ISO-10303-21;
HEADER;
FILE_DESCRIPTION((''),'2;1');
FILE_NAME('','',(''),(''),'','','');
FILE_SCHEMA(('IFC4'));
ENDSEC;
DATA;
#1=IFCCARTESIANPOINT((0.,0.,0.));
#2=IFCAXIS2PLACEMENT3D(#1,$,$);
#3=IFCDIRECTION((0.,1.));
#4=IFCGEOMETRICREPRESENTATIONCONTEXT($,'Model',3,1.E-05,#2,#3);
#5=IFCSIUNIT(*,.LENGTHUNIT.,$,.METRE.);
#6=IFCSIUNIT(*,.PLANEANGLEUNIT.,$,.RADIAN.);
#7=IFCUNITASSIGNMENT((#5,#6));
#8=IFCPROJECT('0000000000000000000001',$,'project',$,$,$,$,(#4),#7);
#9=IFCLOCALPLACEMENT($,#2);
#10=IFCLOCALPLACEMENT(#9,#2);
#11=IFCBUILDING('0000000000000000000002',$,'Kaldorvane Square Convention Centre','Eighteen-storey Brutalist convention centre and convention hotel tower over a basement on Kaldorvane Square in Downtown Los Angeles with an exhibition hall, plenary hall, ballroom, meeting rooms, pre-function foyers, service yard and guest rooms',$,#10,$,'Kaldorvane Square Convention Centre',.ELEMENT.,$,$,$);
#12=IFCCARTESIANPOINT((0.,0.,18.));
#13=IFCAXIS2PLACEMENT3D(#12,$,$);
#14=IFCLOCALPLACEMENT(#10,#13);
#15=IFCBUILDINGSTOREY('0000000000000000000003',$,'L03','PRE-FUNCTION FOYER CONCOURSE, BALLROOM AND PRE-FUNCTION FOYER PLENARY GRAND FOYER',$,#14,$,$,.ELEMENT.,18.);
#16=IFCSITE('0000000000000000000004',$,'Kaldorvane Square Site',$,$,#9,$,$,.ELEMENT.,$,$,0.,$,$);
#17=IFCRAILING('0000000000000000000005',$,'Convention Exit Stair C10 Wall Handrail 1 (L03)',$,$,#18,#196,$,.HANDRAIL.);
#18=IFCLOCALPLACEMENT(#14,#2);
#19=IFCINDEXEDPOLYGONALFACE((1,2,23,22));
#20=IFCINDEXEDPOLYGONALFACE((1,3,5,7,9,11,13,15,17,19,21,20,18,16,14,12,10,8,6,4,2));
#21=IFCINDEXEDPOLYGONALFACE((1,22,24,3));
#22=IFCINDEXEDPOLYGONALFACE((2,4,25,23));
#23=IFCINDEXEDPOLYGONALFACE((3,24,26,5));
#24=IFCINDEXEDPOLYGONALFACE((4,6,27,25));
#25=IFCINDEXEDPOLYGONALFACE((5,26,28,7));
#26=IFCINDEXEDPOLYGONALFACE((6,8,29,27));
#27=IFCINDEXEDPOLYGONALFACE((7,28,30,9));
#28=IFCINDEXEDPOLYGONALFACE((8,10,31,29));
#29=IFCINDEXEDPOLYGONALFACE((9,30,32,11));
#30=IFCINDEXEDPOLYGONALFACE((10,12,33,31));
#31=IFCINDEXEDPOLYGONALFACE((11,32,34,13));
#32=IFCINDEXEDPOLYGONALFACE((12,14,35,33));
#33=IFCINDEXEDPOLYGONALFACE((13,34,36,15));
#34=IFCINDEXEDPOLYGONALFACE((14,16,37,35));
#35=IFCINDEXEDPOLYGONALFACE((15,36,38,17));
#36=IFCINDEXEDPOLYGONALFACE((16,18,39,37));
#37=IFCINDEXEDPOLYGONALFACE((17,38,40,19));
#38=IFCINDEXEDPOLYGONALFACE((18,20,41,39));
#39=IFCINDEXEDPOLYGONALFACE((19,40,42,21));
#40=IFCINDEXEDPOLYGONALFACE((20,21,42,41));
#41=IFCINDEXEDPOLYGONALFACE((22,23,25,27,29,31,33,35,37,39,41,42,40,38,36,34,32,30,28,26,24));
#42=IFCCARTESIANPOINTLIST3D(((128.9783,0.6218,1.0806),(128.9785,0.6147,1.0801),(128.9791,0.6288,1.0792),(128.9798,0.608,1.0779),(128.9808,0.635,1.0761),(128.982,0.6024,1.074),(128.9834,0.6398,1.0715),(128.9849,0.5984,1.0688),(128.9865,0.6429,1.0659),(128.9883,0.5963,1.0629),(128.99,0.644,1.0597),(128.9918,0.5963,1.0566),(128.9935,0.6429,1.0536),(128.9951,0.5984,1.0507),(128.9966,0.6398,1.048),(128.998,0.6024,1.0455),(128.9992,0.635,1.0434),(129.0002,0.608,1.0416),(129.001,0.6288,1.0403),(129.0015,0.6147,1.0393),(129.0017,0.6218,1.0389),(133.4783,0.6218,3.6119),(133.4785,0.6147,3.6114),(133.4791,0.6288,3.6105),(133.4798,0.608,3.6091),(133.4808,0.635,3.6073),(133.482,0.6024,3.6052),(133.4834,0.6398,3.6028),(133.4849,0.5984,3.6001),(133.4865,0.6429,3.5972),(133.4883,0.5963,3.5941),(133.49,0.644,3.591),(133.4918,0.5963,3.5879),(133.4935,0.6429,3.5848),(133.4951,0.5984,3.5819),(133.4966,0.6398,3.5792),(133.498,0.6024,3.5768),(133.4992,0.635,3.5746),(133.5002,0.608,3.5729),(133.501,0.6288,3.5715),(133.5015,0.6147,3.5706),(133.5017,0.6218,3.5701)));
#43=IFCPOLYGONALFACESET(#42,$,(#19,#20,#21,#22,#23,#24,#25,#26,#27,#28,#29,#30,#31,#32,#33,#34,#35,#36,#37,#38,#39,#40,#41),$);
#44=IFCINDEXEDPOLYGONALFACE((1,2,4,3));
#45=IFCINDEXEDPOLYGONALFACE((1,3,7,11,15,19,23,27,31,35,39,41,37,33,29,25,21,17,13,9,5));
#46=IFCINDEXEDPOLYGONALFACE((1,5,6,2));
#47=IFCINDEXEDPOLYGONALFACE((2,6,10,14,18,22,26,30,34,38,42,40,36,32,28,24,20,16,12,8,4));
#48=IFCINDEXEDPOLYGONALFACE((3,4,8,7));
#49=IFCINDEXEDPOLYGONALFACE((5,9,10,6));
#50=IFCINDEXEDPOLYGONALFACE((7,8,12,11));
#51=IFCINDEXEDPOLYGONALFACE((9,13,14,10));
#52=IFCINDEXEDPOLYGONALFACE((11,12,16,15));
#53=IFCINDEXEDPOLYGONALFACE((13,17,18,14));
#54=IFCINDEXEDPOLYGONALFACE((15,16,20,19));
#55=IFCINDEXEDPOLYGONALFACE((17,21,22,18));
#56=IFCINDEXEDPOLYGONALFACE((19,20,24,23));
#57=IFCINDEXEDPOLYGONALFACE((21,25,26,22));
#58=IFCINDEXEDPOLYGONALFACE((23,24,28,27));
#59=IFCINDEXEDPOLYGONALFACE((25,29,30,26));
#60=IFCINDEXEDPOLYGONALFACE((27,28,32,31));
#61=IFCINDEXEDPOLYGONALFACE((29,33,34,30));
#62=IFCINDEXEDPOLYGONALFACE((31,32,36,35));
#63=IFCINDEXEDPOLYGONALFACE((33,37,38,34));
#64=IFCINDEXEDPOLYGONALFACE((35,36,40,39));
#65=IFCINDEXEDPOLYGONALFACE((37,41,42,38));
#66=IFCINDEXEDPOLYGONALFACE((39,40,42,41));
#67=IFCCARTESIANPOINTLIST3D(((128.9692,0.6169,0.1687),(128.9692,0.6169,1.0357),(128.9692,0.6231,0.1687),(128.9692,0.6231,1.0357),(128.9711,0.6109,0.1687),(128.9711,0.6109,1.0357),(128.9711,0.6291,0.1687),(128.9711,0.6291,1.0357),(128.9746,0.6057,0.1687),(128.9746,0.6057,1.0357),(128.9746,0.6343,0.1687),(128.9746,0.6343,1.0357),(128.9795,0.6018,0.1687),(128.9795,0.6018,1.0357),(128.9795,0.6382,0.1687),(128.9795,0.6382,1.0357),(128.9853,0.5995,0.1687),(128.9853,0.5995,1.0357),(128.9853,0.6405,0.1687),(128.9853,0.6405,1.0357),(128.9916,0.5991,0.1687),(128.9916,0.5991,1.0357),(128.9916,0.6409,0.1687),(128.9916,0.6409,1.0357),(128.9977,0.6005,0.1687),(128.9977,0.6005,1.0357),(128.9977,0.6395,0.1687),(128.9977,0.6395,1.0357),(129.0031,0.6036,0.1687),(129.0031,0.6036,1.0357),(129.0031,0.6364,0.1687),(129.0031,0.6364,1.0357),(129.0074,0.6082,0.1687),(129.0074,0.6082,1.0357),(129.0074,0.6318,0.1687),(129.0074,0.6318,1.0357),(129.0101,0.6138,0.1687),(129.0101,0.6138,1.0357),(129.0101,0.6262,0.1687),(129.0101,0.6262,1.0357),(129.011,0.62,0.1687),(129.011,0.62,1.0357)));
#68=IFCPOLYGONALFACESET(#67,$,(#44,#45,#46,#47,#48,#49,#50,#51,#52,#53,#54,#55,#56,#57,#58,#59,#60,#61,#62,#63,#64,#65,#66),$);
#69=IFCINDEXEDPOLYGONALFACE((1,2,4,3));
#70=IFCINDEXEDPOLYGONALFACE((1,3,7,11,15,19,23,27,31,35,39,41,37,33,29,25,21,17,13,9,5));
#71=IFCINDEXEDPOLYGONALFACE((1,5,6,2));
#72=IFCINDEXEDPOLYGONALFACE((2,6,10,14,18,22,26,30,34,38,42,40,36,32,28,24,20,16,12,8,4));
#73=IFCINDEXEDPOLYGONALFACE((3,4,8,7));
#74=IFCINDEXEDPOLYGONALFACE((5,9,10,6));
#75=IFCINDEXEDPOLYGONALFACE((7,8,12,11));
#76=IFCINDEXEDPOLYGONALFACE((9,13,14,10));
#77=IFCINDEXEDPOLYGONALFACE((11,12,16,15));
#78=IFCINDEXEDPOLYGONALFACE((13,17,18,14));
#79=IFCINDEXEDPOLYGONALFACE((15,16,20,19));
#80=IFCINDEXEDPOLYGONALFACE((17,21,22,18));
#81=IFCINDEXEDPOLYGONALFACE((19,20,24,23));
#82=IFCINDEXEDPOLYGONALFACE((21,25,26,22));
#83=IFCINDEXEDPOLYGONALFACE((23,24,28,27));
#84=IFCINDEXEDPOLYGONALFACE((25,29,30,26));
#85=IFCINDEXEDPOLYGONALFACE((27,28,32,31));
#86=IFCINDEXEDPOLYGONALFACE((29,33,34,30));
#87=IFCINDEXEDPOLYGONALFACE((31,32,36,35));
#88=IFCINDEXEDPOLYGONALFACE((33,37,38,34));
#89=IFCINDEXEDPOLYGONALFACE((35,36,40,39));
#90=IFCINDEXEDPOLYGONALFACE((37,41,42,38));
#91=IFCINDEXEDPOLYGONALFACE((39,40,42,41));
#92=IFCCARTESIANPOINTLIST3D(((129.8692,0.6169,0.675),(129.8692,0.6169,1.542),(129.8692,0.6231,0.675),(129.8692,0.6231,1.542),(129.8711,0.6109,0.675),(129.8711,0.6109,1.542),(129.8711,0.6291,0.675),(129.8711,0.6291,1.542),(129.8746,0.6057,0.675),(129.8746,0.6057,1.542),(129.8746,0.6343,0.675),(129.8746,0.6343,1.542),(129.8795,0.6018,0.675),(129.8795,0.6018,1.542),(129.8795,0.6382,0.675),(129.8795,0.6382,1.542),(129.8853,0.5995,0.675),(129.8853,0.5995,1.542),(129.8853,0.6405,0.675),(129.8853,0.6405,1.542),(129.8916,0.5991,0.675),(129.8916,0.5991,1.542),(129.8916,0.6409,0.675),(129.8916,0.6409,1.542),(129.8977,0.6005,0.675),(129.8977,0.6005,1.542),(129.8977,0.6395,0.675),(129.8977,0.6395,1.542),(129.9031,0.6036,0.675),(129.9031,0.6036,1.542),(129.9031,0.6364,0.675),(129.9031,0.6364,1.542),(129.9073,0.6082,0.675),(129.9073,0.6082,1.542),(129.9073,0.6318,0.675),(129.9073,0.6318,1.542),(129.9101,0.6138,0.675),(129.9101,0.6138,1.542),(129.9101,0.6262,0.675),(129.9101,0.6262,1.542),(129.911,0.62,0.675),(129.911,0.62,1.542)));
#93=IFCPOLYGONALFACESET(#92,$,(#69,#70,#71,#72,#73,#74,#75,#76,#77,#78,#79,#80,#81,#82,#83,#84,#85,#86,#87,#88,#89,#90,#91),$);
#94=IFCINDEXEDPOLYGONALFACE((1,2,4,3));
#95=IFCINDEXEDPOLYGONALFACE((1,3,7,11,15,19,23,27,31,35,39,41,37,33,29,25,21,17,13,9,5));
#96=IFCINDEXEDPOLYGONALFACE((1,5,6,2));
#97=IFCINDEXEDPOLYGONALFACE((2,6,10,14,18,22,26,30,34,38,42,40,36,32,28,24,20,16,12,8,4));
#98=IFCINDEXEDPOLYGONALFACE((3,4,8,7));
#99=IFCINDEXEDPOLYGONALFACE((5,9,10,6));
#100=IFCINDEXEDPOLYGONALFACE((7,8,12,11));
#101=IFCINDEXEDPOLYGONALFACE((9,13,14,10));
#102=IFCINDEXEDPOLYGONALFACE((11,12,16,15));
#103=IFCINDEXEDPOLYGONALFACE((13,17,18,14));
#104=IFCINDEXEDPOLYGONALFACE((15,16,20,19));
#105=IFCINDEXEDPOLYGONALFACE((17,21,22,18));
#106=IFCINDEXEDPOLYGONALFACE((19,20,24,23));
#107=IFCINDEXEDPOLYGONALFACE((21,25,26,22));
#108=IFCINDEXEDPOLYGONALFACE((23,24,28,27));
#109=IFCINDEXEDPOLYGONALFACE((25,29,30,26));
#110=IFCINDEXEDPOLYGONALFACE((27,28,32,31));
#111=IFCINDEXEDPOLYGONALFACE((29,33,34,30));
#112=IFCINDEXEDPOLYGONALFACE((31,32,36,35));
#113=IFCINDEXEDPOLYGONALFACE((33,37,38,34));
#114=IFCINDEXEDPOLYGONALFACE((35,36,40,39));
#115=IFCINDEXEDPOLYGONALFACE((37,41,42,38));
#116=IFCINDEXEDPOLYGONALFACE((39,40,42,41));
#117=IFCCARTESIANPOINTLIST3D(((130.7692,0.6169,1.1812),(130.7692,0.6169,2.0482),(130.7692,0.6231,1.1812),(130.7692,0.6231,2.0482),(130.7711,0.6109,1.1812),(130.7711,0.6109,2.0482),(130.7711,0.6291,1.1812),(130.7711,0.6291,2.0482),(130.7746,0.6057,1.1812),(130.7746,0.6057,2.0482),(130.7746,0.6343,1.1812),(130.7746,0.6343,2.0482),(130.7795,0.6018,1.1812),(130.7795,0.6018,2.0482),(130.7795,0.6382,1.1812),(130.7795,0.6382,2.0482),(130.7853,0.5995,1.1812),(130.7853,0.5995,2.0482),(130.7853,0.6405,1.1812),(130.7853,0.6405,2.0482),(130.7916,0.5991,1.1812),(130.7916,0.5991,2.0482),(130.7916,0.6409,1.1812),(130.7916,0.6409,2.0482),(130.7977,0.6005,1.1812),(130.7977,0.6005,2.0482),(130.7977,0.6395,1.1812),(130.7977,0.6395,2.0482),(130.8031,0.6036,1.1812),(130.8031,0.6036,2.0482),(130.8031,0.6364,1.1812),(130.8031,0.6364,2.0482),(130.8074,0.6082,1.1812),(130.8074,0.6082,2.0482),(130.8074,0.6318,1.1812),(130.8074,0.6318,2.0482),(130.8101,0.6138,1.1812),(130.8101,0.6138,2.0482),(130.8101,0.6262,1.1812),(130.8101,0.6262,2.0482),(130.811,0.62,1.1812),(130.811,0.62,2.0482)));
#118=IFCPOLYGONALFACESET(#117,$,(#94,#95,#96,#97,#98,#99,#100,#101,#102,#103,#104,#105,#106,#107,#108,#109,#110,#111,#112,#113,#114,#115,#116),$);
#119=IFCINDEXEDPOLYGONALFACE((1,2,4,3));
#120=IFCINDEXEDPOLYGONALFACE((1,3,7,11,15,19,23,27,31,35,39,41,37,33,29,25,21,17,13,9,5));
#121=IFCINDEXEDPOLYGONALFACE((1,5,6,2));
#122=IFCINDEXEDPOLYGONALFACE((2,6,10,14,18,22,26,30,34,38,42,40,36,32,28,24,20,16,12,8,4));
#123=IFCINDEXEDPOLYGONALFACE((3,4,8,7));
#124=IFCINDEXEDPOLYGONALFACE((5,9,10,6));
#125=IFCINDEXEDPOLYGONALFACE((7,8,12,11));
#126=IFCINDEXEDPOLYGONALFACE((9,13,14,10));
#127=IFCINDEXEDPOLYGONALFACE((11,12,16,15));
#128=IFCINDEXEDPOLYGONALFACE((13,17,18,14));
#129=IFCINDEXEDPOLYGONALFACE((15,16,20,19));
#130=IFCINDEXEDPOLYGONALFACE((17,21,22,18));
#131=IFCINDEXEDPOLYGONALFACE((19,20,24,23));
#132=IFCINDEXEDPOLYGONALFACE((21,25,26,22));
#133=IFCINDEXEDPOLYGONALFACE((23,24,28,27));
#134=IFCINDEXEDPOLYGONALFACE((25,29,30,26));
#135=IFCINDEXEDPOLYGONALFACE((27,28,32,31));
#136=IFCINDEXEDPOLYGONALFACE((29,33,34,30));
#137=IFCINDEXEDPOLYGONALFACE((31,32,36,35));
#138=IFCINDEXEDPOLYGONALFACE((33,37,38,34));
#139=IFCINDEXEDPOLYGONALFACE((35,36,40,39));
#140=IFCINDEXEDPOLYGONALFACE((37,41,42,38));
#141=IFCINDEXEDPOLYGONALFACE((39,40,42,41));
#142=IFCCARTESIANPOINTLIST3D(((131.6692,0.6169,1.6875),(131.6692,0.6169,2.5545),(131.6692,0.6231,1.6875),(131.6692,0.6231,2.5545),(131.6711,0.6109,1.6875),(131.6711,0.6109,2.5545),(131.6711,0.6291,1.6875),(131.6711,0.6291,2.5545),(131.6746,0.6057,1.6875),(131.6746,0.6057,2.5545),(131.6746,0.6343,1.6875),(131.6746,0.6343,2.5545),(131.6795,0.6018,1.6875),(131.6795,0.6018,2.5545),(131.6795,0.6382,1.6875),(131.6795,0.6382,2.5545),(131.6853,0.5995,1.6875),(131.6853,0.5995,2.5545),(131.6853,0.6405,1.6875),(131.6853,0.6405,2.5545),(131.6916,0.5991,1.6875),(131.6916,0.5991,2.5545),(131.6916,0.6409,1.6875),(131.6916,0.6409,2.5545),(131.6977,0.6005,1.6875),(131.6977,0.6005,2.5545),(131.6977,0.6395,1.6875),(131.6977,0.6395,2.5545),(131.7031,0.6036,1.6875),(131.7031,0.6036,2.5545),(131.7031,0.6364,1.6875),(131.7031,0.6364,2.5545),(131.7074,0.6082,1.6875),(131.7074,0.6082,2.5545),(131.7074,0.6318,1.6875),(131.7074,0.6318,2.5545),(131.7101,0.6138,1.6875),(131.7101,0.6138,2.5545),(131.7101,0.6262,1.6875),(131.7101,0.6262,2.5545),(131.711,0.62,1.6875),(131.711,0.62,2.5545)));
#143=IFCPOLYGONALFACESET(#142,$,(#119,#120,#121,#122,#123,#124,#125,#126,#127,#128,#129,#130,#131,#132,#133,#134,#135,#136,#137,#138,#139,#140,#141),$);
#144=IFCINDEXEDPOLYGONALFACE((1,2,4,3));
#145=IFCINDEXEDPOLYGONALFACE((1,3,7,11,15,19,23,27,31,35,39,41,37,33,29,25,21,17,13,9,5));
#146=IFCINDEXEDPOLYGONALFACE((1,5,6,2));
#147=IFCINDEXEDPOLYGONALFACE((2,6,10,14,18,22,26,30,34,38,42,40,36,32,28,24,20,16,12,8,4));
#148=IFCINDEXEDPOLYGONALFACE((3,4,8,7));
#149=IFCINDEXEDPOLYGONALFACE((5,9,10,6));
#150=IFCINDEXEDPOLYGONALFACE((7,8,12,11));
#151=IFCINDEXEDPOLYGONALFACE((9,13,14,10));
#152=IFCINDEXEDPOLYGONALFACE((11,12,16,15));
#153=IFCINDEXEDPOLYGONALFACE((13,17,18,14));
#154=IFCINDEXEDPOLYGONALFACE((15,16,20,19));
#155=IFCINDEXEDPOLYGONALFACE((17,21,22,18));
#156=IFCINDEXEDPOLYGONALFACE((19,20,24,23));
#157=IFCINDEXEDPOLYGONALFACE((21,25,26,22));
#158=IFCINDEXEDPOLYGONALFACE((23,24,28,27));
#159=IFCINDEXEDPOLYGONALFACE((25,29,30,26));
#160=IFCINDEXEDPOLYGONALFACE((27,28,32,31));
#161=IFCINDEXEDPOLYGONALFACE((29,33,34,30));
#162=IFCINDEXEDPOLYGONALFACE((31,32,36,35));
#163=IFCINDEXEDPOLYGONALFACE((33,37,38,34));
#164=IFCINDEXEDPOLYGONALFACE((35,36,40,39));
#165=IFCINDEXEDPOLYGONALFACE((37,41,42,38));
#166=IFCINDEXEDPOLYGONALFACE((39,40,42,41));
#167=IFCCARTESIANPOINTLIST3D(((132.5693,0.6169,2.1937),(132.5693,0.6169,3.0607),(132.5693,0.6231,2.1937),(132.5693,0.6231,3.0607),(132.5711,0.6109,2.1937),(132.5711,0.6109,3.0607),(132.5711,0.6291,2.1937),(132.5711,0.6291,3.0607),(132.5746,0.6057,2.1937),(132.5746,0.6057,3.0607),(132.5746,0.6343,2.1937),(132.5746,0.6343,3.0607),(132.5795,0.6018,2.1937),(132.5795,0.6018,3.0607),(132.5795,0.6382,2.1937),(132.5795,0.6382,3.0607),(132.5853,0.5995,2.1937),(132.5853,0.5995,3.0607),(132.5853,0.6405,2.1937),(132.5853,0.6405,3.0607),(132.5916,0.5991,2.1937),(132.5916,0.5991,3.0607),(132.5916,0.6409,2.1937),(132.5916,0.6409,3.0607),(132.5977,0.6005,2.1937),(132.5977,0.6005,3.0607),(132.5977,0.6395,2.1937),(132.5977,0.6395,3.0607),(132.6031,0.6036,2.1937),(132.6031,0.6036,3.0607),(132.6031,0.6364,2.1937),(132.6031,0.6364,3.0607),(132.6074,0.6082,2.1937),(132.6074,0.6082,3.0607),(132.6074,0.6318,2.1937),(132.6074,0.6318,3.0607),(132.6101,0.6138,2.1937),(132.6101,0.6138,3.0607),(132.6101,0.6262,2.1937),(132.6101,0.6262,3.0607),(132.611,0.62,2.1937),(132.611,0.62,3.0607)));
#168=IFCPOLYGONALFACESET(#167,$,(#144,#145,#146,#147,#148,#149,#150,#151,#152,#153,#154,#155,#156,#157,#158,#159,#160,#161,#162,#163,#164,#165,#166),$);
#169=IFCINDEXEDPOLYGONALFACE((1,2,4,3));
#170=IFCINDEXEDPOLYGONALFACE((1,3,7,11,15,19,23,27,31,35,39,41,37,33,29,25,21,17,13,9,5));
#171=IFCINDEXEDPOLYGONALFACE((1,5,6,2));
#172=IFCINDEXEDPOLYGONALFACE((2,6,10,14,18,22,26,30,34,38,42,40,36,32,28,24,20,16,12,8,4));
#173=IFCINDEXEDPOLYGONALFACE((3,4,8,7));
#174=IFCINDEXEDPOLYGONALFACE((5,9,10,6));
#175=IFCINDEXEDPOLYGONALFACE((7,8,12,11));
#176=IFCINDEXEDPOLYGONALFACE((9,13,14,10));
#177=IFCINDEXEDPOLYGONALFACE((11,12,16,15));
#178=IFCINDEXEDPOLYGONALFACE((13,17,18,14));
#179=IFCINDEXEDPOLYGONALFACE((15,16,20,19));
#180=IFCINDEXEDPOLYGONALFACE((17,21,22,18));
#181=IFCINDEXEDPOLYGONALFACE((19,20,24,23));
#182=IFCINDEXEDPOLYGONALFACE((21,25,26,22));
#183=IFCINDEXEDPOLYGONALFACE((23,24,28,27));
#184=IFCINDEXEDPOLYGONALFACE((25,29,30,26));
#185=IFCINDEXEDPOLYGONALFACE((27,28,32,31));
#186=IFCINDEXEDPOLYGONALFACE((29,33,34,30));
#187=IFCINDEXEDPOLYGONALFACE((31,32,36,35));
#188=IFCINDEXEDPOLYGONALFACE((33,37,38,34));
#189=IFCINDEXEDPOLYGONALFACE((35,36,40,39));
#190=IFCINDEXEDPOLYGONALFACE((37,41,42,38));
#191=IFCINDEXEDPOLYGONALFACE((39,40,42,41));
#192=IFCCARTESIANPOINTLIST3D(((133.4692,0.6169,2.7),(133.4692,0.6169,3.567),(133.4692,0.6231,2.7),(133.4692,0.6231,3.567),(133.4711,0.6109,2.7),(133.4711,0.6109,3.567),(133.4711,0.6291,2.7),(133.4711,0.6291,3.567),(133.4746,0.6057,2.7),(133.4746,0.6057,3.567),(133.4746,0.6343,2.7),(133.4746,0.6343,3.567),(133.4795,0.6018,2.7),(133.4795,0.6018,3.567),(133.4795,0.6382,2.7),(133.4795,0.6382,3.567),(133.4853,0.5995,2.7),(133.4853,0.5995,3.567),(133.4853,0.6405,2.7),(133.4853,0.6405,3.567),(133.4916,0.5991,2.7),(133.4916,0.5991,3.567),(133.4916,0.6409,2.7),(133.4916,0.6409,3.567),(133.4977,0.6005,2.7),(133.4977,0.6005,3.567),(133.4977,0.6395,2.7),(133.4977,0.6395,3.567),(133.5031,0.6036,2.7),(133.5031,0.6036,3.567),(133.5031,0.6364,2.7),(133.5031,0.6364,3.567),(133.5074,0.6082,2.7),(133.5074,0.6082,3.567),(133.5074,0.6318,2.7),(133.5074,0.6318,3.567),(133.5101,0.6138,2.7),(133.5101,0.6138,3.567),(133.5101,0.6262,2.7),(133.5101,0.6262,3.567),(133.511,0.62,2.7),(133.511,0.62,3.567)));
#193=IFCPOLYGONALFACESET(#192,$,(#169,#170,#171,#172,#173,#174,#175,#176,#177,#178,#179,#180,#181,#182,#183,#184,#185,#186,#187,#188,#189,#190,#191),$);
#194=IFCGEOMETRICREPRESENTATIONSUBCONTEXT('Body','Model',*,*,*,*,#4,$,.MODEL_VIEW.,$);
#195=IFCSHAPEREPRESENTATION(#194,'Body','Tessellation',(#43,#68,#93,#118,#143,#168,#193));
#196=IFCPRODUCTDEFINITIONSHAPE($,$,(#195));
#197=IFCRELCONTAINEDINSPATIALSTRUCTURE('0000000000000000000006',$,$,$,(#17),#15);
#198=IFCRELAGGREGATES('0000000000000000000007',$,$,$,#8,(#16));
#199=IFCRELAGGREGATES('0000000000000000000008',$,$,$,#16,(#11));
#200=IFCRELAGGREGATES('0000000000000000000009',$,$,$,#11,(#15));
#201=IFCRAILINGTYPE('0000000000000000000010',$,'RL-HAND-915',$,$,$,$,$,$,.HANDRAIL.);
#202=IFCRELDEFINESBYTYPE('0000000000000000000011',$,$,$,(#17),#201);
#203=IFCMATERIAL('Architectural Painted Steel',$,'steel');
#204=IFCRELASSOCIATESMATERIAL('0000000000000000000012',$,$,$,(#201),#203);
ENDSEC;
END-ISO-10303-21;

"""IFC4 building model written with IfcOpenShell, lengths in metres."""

from ifc_helpers import new_model, si_unit, direction, frame, origin, origin_2d, place, context, subcontext, project, spatial, circle, extrude, material, type_object, element, save


model = new_model("IFC4")

# Units and contexts
model_context = context("Model", 3, precision=1e-05, world=origin(), true_north=direction((0.0, 1.0)))
body_context = subcontext(model_context, "Body", "Model", "MODEL_VIEW")
ifc_project = project(units=[si_unit("LENGTHUNIT", "METRE"), si_unit("PLANEANGLEUNIT", "RADIAN")], contexts=[model_context])

# Site, building, storey
site_placement = place(None, origin())
site = spatial("IfcSite", under=ifc_project, at=site_placement, Name="Kaldorvane Square Site", CompositionType="ELEMENT", RefElevation=0.0)
building_placement = place(site_placement, origin())
building = spatial("IfcBuilding", under=site, at=building_placement, Name="Kaldorvane Square Convention Centre", Description="Eighteen-storey Brutalist convention centre and convention hotel tower over a basement on Kaldorvane Square in Downtown Los Angeles with an exhibition hall, plenary hall, ballroom, meeting rooms, pre-function foyers, service yard and guest rooms", LongName="Kaldorvane Square Convention Centre", CompositionType="ELEMENT")
storey_placement = place(building_placement, frame((0.0, 0.0, 18.0)))
storey = spatial("IfcBuildingStorey", under=building, at=storey_placement, Name="L03", Description="PRE-FUNCTION FOYER CONCOURSE, BALLROOM AND PRE-FUNCTION FOYER PLENARY GRAND FOYER", CompositionType="ELEMENT", Elevation=18.0)

# Railing
ifc_material_1 = material(Name="Architectural Painted Steel", Category="steel")
railing_type_1 = type_object("IfcRailingType", Name="RL-HAND-915", PredefinedType="HANDRAIL", material=ifc_material_1)
railing_1_placement = place(storey_placement, frame((128.99, 0.62, 0.1687)))
element("IfcRailing", 1, at=railing_1_placement, inside=storey, type_object=railing_type_1, Name="Convention Exit Stair C10 Wall Handrail 1 (L03)", PredefinedType="HANDRAIL", context=body_context, shape_type="SweptSolid", body=[
    extrude(circle(Radius=0.024, at=origin_2d()), frame((0.0, 0.0, 0.891), z_axis=(0.871576, 0.0, 0.490261), x_axis=(0.0, 1.0, 0.0)), (0.0, 0.0, 1.0), 5.1631),
    extrude(circle(Radius=0.021, at=origin_2d()), origin(), (0.0, 0.0, 1.0), 0.867),
    extrude(circle(Radius=0.021, at=origin_2d()), frame((0.9, 0.0, 0.5063)), (0.0, 0.0, 1.0), 0.867),
    extrude(circle(Radius=0.021, at=origin_2d()), frame((1.8, 0.0, 1.0125)), (0.0, 0.0, 1.0), 0.867),
    extrude(circle(Radius=0.021, at=origin_2d()), frame((2.7, 0.0, 1.5188)), (0.0, 0.0, 1.0), 0.867),
    extrude(circle(Radius=0.021, at=origin_2d()), frame((3.6, 0.0, 2.025)), (0.0, 0.0, 1.0), 0.867),
    extrude(circle(Radius=0.021, at=origin_2d()), frame((4.5, 0.0, 2.5312)), (0.0, 0.0, 1.0), 0.867),
])

save(model, "model.ifc")
